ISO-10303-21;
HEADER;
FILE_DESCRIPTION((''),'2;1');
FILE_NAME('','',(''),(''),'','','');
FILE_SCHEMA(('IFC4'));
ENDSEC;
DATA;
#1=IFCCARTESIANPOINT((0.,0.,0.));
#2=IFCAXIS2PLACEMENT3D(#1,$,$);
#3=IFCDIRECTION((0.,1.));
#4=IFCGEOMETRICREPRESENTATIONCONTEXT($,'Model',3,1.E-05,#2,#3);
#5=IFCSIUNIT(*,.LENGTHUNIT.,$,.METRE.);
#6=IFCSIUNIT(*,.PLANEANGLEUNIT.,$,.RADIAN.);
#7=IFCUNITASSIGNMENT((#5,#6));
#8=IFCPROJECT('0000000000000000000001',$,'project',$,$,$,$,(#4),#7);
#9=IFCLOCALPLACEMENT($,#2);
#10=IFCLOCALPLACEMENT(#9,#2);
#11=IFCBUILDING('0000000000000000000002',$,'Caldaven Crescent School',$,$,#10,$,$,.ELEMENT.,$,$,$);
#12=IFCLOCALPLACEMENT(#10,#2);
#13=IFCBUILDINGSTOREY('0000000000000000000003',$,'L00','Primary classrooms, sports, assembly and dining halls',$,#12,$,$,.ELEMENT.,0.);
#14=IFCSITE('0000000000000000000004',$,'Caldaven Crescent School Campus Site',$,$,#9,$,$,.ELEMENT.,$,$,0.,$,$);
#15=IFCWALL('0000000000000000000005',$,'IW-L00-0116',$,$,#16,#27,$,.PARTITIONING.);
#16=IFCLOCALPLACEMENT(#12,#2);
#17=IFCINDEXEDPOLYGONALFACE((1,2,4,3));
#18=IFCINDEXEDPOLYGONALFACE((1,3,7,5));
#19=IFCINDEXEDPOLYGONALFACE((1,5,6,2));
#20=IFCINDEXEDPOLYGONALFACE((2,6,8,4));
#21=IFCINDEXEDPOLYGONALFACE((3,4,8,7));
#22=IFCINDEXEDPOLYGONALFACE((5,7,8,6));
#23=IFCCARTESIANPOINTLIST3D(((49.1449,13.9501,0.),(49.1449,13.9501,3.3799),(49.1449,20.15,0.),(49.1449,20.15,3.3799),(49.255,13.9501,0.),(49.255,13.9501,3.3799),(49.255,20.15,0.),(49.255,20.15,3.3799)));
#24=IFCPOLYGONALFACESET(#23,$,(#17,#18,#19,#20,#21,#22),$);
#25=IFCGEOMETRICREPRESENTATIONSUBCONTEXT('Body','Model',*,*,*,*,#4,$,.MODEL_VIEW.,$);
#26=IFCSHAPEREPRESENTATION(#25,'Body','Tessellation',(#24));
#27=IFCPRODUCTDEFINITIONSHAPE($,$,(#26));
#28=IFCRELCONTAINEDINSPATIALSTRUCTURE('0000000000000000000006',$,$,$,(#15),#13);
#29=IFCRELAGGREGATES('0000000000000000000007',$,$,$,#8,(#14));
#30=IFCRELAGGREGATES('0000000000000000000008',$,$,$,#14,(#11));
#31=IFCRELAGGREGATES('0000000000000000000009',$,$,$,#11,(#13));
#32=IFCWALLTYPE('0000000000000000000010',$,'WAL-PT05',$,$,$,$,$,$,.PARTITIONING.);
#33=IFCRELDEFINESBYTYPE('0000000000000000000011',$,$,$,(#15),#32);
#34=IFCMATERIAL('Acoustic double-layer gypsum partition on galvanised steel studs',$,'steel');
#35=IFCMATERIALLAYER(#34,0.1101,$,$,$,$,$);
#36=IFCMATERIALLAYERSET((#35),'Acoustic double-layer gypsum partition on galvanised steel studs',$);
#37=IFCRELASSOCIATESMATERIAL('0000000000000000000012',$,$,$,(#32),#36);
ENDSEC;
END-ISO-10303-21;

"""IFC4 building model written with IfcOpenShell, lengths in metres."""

from ifc_helpers import new_model, si_unit, direction, frame, frame_2d, origin, place, context, subcontext, project, spatial, rectangle, extrude, material, layer, layer_set, type_object, element, save


model = new_model("IFC4")

# Units and contexts
model_context = context("Model", 3, precision=1e-05, world=origin(), true_north=direction((0.0, 1.0)))
body_context = subcontext(model_context, "Body", "Model", "MODEL_VIEW")
ifc_project = project(units=[si_unit("LENGTHUNIT", "METRE"), si_unit("PLANEANGLEUNIT", "RADIAN")], contexts=[model_context])

# Site, building, storey
site_placement = place(None, origin())
site = spatial("IfcSite", under=ifc_project, at=site_placement, Name="Caldaven Crescent School Campus Site", CompositionType="ELEMENT", RefElevation=0.0)
building_placement = place(site_placement, origin())
building = spatial("IfcBuilding", under=site, at=building_placement, Name="Caldaven Crescent School", CompositionType="ELEMENT")
storey_placement = place(building_placement, origin())
storey = spatial("IfcBuildingStorey", under=building, at=storey_placement, Name="L00", Description="Primary classrooms, sports, assembly and dining halls", CompositionType="ELEMENT", Elevation=0.0)

# Wall
ifc_material_1 = material(Name="Acoustic double-layer gypsum partition on galvanised steel studs", Category="steel")
ifc_layer_1 = layer(ifc_material_1, 0.1101)
ifc_layer_set_1 = layer_set([ifc_layer_1], Name="Acoustic double-layer gypsum partition on galvanised steel studs")
wall_type_1 = type_object("IfcWallType", Name="WAL-PT05", PredefinedType="PARTITIONING", material=ifc_layer_set_1)
wall_1_placement = place(storey_placement, frame((49.2, 13.95, 0.0), z_axis=(0.0, 0.0, 1.0), x_axis=(0.0, 1.0, 0.0)))
element("IfcWall", 1, at=wall_1_placement, inside=storey, type_object=wall_type_1, Name="IW-L00-0116", PredefinedType="PARTITIONING", context=body_context, shape_type="SweptSolid", body=[
    extrude(rectangle(XDim=6.2, YDim=0.1101, at=frame_2d((3.1001, 0.0))), origin(), (0.0, 0.0, 1.0), 3.3799),
])

save(model, "model.ifc")
